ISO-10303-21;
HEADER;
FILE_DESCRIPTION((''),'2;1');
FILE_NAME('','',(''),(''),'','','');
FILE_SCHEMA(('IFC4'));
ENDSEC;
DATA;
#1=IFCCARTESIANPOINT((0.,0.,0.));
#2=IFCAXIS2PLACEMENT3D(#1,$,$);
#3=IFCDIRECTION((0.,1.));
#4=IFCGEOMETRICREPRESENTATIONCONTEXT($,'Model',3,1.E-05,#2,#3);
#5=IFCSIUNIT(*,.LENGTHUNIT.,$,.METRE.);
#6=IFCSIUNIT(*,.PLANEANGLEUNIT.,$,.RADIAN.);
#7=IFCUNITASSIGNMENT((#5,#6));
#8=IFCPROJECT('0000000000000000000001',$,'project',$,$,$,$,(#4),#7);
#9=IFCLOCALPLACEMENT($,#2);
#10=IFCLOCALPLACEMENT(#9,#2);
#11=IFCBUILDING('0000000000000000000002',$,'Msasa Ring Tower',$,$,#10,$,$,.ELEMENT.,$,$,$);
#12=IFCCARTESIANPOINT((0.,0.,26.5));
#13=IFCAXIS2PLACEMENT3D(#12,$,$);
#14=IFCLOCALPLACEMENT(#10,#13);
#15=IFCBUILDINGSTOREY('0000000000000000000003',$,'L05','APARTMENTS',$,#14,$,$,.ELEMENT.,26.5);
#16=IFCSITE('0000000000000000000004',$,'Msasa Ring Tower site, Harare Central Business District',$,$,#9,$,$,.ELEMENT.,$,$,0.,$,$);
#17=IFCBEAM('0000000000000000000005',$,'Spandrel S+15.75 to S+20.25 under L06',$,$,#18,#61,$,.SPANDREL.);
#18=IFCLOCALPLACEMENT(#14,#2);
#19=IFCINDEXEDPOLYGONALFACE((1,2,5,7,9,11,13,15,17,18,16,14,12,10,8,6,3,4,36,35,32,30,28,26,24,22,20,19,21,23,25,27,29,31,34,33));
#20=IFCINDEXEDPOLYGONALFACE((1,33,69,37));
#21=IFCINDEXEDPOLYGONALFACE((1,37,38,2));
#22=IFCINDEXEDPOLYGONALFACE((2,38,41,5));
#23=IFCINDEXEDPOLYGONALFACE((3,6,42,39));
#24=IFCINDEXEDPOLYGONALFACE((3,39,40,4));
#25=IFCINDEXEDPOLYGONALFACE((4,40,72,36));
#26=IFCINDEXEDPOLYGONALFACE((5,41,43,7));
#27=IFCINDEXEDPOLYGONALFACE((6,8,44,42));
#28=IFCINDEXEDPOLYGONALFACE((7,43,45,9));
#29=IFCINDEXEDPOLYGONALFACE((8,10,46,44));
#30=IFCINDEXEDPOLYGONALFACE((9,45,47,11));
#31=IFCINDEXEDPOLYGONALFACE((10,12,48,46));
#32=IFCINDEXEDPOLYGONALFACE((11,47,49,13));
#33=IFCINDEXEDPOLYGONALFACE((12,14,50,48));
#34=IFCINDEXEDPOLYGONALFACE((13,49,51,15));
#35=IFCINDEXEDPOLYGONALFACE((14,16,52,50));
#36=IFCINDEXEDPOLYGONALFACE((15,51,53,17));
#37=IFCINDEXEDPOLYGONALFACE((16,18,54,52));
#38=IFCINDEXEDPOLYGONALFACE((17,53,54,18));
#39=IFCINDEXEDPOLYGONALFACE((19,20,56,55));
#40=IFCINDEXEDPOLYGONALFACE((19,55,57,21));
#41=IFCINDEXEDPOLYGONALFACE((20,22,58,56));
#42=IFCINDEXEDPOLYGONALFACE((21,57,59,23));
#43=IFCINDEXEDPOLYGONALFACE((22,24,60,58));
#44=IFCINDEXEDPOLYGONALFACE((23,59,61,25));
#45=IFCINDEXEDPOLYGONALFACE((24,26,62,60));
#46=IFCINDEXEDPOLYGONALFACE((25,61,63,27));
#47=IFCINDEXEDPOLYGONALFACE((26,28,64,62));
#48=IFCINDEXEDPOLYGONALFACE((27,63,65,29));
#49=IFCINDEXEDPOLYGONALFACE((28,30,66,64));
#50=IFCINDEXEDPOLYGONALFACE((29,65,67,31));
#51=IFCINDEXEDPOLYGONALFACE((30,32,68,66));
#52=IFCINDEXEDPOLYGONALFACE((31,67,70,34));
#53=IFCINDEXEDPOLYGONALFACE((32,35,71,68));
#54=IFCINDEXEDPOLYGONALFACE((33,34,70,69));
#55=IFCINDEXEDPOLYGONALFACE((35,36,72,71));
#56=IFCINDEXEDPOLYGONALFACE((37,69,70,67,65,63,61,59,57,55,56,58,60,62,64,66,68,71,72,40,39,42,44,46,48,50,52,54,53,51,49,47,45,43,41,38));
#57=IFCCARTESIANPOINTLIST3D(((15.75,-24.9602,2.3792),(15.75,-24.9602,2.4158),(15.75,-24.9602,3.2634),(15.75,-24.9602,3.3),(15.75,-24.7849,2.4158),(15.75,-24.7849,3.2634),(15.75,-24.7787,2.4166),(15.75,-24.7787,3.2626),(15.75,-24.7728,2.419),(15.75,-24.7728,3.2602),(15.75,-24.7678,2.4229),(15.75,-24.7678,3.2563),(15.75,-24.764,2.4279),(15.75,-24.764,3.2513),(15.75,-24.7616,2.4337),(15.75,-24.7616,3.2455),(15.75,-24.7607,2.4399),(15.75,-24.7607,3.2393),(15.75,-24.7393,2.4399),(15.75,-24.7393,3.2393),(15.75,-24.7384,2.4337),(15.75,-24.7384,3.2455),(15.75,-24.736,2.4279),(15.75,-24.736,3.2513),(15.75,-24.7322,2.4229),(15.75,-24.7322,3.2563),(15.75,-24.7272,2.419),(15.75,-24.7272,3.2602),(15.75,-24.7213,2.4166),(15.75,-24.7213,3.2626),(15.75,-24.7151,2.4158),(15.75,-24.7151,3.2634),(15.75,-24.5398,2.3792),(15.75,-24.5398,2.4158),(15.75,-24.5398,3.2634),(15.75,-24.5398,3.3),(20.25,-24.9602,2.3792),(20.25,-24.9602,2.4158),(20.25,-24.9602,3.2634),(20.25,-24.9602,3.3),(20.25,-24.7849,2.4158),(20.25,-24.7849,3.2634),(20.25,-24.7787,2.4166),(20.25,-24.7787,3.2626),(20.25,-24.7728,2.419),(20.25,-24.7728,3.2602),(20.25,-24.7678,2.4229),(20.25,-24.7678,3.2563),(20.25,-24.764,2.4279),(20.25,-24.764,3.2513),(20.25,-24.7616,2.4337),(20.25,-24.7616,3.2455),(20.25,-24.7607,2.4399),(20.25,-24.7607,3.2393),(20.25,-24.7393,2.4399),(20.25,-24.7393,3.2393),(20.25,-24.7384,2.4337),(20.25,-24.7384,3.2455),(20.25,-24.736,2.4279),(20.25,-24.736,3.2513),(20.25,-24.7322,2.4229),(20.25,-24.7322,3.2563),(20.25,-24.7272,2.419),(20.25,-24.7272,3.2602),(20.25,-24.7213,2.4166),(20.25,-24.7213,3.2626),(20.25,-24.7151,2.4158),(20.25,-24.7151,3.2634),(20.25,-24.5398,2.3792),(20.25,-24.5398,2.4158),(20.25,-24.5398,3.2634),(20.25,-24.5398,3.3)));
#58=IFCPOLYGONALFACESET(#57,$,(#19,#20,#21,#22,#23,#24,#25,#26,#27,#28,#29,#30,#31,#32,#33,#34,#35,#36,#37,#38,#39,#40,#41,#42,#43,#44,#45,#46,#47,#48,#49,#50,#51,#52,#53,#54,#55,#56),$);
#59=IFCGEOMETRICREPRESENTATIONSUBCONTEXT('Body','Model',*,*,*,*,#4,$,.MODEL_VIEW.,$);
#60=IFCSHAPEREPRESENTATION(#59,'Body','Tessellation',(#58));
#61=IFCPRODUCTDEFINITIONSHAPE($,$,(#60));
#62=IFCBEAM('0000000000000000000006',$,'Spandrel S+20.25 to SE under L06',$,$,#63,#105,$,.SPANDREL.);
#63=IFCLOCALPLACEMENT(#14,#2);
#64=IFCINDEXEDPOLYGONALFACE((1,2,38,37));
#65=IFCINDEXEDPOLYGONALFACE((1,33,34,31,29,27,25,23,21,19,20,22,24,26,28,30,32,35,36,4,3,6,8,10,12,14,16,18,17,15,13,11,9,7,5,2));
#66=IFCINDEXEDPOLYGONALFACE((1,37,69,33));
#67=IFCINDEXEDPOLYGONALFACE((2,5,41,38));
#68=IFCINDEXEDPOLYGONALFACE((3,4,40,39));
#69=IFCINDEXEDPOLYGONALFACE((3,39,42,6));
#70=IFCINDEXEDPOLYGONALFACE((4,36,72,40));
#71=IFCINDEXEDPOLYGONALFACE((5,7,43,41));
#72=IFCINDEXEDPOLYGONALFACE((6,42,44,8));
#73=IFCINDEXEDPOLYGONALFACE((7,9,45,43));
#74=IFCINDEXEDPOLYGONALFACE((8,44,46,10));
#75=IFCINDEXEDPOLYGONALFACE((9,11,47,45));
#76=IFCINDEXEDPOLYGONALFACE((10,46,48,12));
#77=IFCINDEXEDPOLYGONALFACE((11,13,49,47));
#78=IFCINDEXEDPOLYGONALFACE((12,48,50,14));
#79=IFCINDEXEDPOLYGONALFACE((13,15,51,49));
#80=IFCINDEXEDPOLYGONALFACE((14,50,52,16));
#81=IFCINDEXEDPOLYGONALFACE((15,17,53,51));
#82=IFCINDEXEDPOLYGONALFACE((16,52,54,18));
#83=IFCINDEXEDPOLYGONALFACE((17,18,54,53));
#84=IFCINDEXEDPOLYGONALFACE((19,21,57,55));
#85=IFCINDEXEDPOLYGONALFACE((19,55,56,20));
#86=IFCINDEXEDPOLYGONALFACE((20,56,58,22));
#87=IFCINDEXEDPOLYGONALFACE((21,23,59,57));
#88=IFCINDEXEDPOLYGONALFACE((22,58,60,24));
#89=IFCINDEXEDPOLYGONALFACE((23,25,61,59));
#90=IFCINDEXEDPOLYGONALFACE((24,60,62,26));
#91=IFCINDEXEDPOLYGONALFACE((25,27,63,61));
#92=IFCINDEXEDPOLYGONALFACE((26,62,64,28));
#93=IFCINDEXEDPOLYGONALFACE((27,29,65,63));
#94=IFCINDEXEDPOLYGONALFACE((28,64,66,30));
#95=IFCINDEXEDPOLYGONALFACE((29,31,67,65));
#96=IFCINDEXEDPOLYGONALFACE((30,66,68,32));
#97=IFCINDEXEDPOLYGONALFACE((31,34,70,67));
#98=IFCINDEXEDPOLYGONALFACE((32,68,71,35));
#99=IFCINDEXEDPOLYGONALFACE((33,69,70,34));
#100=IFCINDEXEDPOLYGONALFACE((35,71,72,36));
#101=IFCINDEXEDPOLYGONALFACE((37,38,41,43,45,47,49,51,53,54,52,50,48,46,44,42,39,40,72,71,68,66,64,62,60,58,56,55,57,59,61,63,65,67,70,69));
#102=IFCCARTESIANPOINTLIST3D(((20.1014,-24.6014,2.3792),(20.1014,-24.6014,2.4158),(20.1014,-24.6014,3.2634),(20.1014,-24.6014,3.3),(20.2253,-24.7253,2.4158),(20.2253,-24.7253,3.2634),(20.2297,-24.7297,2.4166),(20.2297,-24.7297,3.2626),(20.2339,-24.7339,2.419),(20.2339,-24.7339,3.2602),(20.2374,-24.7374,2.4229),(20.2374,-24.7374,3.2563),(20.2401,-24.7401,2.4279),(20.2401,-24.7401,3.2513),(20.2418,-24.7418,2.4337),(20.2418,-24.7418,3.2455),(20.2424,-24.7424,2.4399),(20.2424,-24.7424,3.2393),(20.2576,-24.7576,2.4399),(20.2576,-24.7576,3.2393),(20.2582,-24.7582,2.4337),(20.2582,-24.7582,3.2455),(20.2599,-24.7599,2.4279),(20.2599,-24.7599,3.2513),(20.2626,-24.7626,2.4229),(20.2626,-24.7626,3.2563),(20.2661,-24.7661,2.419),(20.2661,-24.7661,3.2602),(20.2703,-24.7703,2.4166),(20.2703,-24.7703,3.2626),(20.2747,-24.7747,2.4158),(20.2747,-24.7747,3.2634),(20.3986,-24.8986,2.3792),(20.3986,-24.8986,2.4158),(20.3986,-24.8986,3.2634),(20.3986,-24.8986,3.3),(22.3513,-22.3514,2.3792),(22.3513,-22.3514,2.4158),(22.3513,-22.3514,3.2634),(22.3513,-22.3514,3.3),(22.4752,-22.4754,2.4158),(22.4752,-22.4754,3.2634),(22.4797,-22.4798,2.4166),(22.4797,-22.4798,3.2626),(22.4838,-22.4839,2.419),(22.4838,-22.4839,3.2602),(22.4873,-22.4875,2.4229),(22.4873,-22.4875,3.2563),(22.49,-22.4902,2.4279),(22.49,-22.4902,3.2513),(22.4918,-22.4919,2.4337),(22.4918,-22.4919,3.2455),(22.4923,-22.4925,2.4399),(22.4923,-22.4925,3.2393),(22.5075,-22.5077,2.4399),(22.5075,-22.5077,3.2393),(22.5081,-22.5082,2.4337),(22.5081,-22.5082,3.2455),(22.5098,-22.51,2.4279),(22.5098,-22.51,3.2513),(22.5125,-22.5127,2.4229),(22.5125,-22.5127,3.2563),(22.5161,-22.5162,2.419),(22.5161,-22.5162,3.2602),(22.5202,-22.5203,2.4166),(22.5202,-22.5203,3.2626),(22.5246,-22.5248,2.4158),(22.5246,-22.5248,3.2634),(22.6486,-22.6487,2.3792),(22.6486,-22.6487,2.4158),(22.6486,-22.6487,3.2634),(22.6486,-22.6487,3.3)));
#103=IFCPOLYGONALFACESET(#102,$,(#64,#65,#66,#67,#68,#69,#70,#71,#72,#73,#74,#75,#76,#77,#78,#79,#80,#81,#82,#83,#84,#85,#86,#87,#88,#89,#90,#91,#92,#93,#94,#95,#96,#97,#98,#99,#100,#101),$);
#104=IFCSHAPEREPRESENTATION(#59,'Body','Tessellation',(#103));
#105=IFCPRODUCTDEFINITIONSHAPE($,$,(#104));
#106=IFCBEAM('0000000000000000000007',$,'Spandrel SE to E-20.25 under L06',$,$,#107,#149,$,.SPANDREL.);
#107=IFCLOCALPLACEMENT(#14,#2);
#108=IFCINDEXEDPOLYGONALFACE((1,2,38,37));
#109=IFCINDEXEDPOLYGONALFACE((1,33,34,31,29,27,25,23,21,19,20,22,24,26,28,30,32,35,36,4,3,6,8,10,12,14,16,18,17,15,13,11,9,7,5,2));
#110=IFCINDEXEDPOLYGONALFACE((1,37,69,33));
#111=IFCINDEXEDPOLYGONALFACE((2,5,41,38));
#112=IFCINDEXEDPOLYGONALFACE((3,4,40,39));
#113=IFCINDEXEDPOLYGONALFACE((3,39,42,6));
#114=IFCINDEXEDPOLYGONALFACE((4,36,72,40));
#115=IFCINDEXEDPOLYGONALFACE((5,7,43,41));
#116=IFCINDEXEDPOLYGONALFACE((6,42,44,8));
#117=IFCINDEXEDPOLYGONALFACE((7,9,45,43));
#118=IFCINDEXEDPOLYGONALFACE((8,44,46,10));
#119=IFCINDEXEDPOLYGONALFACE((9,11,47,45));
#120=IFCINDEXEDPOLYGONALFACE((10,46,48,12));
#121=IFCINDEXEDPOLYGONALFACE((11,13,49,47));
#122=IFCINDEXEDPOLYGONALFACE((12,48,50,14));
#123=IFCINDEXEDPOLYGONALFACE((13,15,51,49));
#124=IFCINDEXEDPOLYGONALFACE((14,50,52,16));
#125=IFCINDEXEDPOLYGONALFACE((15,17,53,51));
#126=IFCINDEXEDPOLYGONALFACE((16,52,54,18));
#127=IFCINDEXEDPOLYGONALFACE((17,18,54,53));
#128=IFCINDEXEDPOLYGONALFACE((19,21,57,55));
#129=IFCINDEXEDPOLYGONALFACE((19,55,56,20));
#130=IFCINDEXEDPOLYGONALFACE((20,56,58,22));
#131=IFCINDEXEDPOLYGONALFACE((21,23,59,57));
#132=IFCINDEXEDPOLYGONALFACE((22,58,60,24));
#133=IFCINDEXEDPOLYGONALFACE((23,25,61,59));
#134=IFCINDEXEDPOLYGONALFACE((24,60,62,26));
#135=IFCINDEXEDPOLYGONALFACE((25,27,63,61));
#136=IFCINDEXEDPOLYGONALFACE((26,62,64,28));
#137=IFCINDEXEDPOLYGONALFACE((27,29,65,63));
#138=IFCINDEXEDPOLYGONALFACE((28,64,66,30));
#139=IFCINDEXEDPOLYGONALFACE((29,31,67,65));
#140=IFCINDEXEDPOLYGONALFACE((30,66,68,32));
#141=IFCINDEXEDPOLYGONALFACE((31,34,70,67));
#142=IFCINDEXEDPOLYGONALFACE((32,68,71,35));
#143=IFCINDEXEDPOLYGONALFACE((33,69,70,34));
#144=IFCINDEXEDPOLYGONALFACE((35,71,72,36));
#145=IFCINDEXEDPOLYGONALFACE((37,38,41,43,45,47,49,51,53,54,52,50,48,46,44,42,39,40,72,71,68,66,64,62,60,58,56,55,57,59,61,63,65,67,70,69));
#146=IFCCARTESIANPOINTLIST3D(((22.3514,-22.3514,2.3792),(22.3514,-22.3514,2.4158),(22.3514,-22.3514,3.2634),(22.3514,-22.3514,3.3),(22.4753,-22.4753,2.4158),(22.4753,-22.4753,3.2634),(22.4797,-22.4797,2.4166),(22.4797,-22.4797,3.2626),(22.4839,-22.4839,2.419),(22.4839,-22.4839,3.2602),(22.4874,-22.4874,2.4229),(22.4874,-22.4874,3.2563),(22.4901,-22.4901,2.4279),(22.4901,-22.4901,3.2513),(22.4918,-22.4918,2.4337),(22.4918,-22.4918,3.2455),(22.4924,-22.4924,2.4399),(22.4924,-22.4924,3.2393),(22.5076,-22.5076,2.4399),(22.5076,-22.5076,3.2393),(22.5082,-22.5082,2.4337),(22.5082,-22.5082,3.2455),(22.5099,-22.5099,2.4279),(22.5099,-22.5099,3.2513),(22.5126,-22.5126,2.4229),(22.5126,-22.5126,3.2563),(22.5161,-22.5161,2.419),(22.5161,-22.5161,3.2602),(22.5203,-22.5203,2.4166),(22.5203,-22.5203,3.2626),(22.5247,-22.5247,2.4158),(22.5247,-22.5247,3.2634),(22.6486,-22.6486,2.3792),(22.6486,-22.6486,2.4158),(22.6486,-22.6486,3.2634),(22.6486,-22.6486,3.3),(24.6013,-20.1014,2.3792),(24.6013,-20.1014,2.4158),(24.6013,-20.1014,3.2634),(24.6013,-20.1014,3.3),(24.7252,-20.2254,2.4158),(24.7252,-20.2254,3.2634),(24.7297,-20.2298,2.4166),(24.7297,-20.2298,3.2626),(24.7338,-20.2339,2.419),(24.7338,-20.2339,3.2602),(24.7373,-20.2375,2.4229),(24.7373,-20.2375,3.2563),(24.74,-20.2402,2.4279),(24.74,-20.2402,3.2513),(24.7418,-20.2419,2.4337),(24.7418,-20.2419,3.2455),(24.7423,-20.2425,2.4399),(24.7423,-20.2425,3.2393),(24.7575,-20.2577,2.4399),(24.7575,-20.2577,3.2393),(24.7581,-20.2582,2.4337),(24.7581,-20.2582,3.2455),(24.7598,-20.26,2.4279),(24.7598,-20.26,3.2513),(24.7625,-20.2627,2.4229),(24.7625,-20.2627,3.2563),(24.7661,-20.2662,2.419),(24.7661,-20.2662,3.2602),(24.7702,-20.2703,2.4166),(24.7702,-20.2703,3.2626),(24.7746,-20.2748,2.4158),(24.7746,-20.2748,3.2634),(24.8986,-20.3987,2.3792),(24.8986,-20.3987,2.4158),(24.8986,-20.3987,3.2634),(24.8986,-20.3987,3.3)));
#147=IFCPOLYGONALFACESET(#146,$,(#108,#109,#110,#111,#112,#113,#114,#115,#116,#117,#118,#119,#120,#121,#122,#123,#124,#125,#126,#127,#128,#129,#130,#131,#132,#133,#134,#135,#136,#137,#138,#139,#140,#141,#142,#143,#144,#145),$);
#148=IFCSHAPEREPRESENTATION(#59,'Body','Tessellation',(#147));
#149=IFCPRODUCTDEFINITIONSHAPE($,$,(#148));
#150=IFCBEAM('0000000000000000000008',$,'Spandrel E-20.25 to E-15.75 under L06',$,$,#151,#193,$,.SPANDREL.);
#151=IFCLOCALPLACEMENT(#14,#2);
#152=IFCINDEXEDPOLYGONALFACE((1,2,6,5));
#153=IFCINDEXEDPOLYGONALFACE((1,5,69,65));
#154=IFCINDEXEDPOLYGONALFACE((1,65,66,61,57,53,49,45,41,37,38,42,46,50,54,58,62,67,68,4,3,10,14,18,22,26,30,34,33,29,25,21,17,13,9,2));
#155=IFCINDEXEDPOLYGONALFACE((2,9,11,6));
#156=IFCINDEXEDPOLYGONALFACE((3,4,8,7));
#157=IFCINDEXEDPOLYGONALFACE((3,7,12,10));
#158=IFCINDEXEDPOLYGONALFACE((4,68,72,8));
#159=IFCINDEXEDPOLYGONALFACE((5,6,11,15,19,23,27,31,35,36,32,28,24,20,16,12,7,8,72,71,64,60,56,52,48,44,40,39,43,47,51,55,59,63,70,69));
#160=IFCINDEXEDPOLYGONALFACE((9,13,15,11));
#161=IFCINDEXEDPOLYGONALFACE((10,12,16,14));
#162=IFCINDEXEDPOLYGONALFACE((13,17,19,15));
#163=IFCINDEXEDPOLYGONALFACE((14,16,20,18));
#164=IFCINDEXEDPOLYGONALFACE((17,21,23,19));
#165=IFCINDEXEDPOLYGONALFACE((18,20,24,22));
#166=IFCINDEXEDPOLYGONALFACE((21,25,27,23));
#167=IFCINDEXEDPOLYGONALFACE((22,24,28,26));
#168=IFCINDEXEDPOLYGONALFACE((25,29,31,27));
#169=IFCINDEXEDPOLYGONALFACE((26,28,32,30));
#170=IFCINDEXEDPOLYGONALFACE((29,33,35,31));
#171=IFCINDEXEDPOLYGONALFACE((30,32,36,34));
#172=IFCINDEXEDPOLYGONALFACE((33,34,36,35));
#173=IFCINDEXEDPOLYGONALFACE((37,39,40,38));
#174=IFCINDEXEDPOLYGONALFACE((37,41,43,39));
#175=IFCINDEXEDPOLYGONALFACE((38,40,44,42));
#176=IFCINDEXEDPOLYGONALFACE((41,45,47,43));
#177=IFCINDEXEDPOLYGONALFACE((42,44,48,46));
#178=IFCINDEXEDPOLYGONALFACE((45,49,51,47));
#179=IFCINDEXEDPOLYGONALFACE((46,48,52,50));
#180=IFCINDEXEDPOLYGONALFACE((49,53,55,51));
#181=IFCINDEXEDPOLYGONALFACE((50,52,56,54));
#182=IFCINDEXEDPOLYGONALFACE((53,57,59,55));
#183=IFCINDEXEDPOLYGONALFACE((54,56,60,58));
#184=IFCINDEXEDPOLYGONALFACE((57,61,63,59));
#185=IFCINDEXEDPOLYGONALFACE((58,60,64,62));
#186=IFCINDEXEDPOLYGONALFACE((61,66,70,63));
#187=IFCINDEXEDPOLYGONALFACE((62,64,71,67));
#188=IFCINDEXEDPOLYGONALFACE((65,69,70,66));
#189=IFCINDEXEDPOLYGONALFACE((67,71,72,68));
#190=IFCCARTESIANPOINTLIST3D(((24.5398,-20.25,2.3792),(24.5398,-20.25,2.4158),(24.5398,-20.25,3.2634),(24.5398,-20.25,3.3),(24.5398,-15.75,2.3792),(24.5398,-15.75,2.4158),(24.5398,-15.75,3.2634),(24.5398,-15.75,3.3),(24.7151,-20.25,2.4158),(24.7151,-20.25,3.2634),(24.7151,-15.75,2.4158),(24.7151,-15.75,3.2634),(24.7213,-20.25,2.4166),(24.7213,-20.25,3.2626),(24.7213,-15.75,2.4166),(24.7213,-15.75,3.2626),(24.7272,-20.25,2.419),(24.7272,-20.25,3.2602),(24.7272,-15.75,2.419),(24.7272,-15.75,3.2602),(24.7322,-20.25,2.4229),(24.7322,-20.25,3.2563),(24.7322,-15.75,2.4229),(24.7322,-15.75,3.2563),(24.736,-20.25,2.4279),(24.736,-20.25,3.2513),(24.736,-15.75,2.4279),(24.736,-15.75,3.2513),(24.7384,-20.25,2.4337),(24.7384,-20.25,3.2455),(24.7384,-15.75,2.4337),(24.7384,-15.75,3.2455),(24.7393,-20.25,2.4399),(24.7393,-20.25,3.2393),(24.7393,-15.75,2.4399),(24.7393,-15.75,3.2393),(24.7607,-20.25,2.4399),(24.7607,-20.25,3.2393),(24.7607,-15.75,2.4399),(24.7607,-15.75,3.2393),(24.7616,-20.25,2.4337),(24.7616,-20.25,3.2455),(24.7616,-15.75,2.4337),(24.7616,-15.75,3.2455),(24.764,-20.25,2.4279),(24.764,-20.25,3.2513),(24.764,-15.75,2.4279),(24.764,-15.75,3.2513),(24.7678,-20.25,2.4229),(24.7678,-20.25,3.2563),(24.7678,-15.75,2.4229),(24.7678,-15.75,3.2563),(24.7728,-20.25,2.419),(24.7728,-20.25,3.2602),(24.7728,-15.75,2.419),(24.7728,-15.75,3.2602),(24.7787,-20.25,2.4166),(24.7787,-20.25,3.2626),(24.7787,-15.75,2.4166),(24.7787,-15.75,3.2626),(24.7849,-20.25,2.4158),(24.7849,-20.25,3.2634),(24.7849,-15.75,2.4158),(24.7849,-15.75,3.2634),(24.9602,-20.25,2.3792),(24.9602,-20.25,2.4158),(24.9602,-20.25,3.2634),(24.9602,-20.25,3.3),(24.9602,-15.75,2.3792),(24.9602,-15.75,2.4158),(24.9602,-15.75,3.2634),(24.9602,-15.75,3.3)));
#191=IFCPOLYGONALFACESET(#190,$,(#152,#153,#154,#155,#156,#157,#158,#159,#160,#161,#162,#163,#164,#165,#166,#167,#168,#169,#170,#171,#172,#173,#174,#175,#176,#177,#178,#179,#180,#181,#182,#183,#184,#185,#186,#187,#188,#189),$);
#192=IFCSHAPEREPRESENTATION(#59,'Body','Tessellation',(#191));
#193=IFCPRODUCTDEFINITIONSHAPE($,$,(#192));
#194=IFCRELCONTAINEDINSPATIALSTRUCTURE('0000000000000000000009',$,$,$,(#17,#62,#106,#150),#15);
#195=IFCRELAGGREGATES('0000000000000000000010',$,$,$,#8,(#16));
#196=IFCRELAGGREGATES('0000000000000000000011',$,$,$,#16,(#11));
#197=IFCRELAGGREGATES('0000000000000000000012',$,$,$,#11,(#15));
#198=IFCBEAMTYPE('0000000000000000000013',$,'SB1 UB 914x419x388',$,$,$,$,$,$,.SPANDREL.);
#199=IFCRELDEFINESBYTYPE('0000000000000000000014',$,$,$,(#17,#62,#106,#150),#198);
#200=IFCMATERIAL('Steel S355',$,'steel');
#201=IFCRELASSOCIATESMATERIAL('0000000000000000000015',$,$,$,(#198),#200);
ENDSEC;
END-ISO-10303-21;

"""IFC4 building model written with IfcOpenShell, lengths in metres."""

from ifc_helpers import new_model, si_unit, direction, frame, origin, origin_2d, place, context, subcontext, project, spatial, i_section, extrude, material, material_profile, profile_set, type_object, element, save


model = new_model("IFC4")

# Units and contexts
model_context = context("Model", 3, precision=1e-05, world=origin(), true_north=direction((0.0, 1.0)))
body_context = subcontext(model_context, "Body", "Model", "MODEL_VIEW")
ifc_project = project(units=[si_unit("LENGTHUNIT", "METRE"), si_unit("PLANEANGLEUNIT", "RADIAN")], contexts=[model_context])

# Site, building, storey
site_placement = place(None, origin())
site = spatial("IfcSite", under=ifc_project, at=site_placement, Name="Msasa Ring Tower site, Harare Central Business District", CompositionType="ELEMENT", RefElevation=0.0)
building_placement = place(site_placement, origin())
building = spatial("IfcBuilding", under=site, at=building_placement, Name="Msasa Ring Tower", CompositionType="ELEMENT")
storey_placement = place(building_placement, frame((0.0, 0.0, 26.5)))
storey = spatial("IfcBuildingStorey", under=building, at=storey_placement, Name="L05", Description="APARTMENTS", CompositionType="ELEMENT", Elevation=26.5)

# Beams
ifc_material_1 = material(Name="Steel S355", Category="steel")
ifc_material_profile_1 = material_profile(ifc_material_1, i_section(OverallWidth=0.4204, OverallDepth=0.9209, WebThickness=0.0215, FlangeThickness=0.0366, FilletRadius=0.0242, at=origin_2d()), Name="UB 914x419x388")
ifc_profile_set_1 = profile_set([ifc_material_profile_1], Name="Steel S355")
beam_type_1 = type_object("IfcBeamType", Name="SB1 UB 914x419x388", PredefinedType="SPANDREL", material=ifc_profile_set_1)
beam_1_placement = place(storey_placement, frame((15.75, -24.75, 2.8396), z_axis=(1.0, 0.0, 0.0), x_axis=(0.0, 1.0, 0.0)))
element("IfcBeam", 1, at=beam_1_placement, inside=storey, type_object=beam_type_1, Name="Spandrel S+15.75 to S+20.25 under L06", PredefinedType="SPANDREL", context=body_context, shape_type="SweptSolid", body=[
    extrude(i_section(OverallWidth=0.4204, OverallDepth=0.9209, WebThickness=0.0215, FlangeThickness=0.0366, FilletRadius=0.0242, at=origin_2d()), origin(), (0.0, 0.0, 1.0), 4.5),
])
for number, where, z_axis, x_axis, name in (
    (2, (20.25, -24.75, 2.8396), (0.707107, 0.707107, 0.0), (-0.707107, 0.707107, 0.0), "Spandrel S+20.25 to SE under L06"),
    (3, (22.5, -22.5, 2.8396), (0.707107, 0.707107, 0.0), (-0.707107, 0.707107, 0.0), "Spandrel SE to E-20.25 under L06"),
):
    element("IfcBeam", number, at=place(storey_placement, frame(where, z_axis=z_axis, x_axis=x_axis)), inside=storey, type_object=beam_type_1, Name=name, PredefinedType="SPANDREL", context=body_context, shape_type="SweptSolid", body=[
        extrude(i_section(OverallWidth=0.4204, OverallDepth=0.9209, WebThickness=0.0215, FlangeThickness=0.0366, FilletRadius=0.0242, at=origin_2d()), origin(), (0.0, 0.0, 1.0), 3.1819),
    ])
beam_2_placement = place(storey_placement, frame((24.75, -20.25, 2.8396), z_axis=(0.0, 1.0, 0.0), x_axis=(-1.0, 0.0, 0.0)))
element("IfcBeam", 4, at=beam_2_placement, inside=storey, type_object=beam_type_1, Name="Spandrel E-20.25 to E-15.75 under L06", PredefinedType="SPANDREL", context=body_context, shape_type="SweptSolid", body=[
    extrude(i_section(OverallWidth=0.4204, OverallDepth=0.9209, WebThickness=0.0215, FlangeThickness=0.0366, FilletRadius=0.0242, at=origin_2d()), origin(), (0.0, 0.0, 1.0), 4.5),
])

save(model, "model.ifc")
